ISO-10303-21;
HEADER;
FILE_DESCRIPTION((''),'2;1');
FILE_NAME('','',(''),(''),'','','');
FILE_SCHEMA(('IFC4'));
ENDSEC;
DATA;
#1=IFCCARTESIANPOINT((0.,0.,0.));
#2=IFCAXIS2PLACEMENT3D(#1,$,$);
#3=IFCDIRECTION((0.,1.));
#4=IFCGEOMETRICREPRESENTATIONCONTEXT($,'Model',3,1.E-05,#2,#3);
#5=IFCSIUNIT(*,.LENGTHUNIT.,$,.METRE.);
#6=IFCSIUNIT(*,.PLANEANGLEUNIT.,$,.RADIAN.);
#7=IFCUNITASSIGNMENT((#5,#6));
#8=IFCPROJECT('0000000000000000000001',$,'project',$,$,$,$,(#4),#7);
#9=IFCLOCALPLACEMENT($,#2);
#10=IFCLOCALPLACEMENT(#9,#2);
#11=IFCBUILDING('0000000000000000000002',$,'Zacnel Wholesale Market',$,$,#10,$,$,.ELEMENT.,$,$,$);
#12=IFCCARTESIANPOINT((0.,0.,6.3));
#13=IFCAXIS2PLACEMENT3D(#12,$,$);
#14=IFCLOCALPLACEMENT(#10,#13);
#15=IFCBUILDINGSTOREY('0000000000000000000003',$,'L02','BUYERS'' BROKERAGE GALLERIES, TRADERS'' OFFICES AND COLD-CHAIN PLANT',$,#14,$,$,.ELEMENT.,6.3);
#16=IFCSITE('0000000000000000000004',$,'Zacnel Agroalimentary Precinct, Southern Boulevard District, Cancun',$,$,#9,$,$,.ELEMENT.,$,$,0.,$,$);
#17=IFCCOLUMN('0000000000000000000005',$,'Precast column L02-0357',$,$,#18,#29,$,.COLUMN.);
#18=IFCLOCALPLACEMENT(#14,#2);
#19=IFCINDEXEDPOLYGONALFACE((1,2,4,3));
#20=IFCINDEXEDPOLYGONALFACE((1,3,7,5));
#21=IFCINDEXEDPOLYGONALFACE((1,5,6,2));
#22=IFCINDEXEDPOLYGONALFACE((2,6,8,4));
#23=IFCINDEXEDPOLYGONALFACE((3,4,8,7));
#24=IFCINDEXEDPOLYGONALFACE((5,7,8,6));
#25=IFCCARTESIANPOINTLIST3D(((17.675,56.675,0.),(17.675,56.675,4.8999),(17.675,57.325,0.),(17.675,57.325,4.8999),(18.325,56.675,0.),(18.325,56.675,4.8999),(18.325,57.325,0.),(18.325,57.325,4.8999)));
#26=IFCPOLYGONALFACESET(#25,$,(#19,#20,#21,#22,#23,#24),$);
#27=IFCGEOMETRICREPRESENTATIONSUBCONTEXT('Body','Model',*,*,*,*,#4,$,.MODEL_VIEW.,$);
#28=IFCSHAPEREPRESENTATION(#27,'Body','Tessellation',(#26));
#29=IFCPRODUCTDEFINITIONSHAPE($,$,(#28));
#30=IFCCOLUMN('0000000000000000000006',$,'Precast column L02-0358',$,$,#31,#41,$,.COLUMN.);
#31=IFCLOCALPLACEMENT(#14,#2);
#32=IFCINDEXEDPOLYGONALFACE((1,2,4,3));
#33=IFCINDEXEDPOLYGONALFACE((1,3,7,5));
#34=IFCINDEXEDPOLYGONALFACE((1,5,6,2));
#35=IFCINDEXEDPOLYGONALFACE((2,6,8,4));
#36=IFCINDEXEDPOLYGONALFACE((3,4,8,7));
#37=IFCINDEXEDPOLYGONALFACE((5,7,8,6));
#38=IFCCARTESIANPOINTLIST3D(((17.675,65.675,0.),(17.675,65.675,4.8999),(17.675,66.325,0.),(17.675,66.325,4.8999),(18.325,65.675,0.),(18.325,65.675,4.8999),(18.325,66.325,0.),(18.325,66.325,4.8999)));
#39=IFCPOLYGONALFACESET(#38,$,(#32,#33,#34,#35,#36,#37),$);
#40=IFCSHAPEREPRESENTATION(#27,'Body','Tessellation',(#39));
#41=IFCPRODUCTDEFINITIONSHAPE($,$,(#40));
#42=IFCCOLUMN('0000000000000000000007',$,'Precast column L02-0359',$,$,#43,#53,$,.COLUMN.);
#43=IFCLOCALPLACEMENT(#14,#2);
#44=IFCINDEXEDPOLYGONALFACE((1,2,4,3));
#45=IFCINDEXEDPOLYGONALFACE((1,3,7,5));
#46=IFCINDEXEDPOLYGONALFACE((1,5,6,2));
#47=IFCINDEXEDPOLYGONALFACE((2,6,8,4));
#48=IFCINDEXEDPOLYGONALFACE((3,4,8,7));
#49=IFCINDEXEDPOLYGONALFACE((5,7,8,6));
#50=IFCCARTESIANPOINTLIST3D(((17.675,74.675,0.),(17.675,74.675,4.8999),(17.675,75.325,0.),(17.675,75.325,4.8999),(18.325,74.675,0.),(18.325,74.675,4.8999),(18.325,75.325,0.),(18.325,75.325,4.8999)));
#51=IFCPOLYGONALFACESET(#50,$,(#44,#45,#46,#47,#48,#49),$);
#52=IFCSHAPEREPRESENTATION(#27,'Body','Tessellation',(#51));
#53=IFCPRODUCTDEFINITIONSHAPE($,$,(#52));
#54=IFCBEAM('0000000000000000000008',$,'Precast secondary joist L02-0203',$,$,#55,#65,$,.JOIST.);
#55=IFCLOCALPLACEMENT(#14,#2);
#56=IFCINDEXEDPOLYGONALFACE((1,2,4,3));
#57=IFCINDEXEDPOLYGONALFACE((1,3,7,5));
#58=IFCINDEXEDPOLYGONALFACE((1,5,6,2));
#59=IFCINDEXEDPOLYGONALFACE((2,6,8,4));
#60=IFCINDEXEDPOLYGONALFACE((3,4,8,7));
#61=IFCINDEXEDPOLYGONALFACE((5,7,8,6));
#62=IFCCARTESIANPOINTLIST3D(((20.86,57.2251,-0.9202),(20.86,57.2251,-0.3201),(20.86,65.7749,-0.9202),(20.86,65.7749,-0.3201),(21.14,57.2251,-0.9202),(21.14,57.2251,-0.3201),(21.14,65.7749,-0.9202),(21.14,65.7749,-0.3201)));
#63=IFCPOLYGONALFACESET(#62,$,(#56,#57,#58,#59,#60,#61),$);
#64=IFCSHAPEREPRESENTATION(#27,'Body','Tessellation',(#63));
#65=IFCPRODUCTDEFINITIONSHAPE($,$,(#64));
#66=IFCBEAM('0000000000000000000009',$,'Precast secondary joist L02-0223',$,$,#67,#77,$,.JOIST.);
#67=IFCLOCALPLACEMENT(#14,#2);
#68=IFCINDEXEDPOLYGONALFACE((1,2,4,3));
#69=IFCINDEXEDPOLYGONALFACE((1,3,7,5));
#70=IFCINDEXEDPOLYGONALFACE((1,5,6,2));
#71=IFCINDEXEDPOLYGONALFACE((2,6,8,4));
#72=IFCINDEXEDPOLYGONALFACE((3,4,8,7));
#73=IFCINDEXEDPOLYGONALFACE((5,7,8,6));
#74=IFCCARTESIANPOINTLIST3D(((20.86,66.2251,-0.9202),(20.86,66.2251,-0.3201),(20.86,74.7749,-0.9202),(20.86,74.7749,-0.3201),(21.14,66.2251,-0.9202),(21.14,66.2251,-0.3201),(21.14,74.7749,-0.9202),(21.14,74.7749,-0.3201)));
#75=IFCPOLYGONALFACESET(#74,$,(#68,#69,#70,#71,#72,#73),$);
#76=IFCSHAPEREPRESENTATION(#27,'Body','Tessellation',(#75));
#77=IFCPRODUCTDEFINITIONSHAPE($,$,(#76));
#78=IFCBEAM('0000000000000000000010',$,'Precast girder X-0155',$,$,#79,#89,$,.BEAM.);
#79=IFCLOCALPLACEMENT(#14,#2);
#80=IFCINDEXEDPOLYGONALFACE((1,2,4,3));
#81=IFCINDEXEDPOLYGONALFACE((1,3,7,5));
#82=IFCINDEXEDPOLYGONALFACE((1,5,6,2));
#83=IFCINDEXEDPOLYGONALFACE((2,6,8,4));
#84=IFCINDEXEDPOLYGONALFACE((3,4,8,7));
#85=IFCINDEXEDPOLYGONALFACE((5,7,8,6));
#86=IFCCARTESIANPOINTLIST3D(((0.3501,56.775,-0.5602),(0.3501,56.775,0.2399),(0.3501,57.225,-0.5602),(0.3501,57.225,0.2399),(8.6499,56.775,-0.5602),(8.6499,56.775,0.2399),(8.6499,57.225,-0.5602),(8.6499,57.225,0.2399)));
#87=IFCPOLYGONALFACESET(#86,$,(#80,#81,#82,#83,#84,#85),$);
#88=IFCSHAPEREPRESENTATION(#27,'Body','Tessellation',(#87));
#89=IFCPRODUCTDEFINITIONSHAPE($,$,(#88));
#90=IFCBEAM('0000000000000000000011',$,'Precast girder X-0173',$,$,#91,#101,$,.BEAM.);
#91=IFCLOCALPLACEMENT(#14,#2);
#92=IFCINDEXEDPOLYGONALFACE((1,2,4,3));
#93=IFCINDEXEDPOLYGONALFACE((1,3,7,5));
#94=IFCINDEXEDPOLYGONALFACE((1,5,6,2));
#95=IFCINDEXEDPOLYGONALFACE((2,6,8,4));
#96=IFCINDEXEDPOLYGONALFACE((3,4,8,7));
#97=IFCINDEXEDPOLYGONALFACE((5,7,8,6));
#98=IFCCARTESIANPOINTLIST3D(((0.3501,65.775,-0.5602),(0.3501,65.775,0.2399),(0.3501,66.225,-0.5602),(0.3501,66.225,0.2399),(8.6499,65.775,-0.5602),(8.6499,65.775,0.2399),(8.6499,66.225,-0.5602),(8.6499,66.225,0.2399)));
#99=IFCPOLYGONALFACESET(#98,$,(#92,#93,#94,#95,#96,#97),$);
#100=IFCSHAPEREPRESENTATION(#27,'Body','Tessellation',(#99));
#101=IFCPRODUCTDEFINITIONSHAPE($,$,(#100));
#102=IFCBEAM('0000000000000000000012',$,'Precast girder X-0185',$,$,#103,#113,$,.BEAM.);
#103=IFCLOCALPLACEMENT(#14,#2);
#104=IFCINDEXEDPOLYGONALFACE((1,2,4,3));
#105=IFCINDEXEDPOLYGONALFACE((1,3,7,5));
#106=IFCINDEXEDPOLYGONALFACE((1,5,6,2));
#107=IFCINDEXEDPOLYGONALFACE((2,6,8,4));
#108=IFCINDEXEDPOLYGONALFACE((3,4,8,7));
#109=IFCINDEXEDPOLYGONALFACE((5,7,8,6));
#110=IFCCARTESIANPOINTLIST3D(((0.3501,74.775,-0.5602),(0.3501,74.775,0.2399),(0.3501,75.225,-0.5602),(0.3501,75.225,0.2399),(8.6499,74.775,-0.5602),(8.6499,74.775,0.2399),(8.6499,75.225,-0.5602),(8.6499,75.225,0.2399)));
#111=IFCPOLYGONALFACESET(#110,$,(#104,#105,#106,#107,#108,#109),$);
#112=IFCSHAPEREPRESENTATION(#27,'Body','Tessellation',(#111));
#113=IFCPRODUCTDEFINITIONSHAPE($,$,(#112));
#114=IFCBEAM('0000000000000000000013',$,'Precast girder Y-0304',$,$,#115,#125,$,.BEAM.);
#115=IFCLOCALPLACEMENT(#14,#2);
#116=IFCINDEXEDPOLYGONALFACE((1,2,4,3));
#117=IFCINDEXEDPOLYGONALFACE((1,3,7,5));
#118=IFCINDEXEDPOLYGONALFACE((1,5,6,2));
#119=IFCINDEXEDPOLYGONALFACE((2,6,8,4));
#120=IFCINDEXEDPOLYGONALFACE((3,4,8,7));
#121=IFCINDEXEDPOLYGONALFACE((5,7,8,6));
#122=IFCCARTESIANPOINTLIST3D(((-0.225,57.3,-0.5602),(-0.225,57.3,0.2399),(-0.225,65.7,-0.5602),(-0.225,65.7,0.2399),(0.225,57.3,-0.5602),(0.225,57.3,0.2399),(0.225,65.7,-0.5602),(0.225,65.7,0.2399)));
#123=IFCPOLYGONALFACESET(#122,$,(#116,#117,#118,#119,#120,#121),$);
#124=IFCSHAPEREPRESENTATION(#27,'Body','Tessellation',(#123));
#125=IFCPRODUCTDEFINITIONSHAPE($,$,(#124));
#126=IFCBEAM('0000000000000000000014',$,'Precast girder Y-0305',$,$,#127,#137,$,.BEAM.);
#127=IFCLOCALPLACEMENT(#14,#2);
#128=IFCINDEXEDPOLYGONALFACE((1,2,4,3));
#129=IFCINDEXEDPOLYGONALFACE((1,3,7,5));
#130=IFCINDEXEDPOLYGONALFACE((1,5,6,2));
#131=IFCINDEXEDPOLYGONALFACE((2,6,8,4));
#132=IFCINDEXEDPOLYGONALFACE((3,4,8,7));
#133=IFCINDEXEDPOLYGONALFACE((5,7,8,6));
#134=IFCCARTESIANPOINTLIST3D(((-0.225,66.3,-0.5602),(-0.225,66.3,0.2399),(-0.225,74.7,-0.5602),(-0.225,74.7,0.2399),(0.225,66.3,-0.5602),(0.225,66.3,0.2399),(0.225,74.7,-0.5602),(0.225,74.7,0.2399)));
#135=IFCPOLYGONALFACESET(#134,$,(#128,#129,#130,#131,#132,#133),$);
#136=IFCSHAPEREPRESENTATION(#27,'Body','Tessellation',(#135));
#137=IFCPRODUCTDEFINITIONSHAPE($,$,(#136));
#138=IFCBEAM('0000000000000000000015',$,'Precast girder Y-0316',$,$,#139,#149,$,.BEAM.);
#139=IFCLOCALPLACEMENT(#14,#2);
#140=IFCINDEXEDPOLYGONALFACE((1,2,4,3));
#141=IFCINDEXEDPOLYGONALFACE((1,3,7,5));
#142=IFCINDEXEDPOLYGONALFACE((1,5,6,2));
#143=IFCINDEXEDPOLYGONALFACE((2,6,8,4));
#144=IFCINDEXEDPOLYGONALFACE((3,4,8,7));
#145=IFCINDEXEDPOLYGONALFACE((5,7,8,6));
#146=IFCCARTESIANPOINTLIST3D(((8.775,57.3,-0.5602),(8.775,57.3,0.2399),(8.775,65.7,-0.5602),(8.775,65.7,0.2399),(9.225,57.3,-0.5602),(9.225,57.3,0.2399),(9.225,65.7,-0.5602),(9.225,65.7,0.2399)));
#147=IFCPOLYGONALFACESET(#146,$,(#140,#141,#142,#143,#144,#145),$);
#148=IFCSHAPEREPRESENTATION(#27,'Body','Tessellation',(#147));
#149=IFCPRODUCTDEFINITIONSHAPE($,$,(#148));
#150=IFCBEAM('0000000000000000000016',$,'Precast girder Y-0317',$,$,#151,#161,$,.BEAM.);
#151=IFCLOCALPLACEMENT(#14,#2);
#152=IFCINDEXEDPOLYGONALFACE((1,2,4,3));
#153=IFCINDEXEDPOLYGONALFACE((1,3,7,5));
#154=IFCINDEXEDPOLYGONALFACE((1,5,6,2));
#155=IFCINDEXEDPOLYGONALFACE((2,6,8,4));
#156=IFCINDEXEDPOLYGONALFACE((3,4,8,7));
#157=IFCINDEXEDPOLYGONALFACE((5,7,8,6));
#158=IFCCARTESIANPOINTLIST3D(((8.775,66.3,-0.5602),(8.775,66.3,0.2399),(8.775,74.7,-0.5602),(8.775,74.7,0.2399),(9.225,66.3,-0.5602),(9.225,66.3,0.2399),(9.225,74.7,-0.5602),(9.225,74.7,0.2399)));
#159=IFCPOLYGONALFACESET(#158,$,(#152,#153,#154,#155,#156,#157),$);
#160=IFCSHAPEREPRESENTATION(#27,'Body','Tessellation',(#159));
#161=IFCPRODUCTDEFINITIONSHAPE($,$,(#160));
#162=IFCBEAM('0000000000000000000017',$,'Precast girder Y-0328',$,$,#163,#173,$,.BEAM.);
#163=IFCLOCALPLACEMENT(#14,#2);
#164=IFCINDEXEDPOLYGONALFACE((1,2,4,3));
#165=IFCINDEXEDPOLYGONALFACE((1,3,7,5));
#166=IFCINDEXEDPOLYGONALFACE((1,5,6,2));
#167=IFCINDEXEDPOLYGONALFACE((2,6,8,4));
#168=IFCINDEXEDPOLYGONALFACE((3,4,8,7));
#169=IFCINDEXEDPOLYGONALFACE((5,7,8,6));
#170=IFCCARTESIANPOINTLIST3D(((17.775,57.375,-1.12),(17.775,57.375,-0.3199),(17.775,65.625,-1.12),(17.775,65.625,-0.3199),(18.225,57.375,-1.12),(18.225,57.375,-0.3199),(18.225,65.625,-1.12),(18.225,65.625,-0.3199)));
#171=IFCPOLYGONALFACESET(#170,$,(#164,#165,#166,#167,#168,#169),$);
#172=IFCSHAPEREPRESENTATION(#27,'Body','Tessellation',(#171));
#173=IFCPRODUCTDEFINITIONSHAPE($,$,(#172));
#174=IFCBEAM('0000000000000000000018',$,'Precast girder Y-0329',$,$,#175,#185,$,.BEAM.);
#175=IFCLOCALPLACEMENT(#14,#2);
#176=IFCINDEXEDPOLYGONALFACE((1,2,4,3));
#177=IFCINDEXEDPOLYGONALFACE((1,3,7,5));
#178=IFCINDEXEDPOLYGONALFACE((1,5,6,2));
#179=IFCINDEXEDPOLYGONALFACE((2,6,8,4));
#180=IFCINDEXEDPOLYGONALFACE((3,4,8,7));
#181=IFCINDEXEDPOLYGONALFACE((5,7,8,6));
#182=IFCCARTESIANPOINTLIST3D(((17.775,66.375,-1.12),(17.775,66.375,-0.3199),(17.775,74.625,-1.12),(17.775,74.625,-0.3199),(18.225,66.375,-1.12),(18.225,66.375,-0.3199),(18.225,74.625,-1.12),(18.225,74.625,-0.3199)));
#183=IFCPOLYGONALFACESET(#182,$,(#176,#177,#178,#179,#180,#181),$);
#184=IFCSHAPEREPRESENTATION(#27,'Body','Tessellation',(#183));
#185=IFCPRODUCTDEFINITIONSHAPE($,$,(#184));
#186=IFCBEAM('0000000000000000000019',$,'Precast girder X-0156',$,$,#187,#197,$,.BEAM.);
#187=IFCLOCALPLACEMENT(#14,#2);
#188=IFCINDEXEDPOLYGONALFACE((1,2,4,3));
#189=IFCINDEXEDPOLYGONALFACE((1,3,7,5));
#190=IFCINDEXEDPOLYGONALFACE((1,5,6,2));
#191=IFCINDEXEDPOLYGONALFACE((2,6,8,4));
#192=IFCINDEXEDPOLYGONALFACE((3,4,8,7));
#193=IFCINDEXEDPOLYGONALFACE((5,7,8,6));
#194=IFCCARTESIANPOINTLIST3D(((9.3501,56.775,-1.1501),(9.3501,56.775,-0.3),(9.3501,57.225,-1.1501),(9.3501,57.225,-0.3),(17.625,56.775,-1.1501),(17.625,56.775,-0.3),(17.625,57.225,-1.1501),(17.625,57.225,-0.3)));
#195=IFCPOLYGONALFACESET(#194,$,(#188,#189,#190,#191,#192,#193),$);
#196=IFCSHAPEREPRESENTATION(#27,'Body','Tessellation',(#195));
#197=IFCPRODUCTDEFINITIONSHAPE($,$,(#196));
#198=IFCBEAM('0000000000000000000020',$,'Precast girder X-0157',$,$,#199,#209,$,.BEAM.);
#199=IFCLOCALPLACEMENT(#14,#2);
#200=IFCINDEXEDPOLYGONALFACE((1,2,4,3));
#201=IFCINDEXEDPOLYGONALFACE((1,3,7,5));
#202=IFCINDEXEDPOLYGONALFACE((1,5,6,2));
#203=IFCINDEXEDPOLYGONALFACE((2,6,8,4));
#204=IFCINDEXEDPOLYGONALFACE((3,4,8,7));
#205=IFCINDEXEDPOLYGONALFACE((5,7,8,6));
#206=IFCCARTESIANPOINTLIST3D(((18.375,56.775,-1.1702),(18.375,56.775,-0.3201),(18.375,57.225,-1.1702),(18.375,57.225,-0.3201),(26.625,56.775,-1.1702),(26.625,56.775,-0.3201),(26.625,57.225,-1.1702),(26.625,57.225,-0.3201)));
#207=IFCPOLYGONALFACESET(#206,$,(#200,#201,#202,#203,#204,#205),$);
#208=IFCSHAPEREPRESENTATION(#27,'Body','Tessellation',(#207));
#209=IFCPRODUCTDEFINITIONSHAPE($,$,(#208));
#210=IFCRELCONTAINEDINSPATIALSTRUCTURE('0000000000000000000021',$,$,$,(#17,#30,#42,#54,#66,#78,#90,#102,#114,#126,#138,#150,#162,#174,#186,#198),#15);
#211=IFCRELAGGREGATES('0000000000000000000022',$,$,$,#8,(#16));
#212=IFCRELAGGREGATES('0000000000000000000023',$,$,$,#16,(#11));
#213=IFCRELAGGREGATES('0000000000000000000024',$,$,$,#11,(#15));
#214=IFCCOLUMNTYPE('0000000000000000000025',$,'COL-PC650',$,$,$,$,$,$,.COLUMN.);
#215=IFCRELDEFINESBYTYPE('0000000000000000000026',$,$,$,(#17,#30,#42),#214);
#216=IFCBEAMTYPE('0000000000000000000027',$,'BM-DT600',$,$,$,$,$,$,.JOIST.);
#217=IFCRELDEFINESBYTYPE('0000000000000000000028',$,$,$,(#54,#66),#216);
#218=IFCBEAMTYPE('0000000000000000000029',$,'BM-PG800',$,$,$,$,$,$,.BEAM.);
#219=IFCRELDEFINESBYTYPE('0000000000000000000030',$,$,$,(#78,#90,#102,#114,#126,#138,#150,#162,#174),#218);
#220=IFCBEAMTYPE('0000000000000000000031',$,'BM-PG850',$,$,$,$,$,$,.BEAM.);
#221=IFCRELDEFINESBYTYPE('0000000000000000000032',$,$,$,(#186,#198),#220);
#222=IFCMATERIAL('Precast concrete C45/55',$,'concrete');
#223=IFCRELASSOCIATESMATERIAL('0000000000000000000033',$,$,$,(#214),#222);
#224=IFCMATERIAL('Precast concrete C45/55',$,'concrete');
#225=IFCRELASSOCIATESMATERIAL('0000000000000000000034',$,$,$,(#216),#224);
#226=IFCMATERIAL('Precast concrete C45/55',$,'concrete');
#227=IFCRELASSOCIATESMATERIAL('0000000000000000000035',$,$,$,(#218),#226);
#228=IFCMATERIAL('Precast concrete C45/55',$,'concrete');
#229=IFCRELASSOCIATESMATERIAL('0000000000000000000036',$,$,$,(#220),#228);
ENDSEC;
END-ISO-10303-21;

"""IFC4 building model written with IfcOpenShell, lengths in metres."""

from ifc_helpers import new_model, si_unit, direction, frame, origin, origin_2d, place, context, subcontext, project, spatial, rectangle, extrude, material, material_profile, profile_set, type_object, element, save


model = new_model("IFC4")

# Units and contexts
model_context = context("Model", 3, precision=1e-05, world=origin(), true_north=direction((0.0, 1.0)))
body_context = subcontext(model_context, "Body", "Model", "MODEL_VIEW")
ifc_project = project(units=[si_unit("LENGTHUNIT", "METRE"), si_unit("PLANEANGLEUNIT", "RADIAN")], contexts=[model_context])

# Site, building, storey
site_placement = place(None, origin())
site = spatial("IfcSite", under=ifc_project, at=site_placement, Name="Zacnel Agroalimentary Precinct, Southern Boulevard District, Cancun", CompositionType="ELEMENT", RefElevation=0.0)
building_placement = place(site_placement, origin())
building = spatial("IfcBuilding", under=site, at=building_placement, Name="Zacnel Wholesale Market", CompositionType="ELEMENT")
storey_placement = place(building_placement, frame((0.0, 0.0, 6.3)))
storey = spatial("IfcBuildingStorey", under=building, at=storey_placement, Name="L02", Description="BUYERS' BROKERAGE GALLERIES, TRADERS' OFFICES AND COLD-CHAIN PLANT", CompositionType="ELEMENT", Elevation=6.3)

# Columns
ifc_material_1 = material(Name="Precast concrete C45/55", Category="concrete")
ifc_material_profile_1 = material_profile(ifc_material_1, rectangle(XDim=0.6499, YDim=0.6499, at=origin_2d()), Name="PC 650x650")
ifc_profile_set_1 = profile_set([ifc_material_profile_1], Name="Precast concrete C45/55")
column_type = type_object("IfcColumnType", Name="COL-PC650", PredefinedType="COLUMN", material=ifc_profile_set_1)
for number, where, z_axis, x_axis, name in (
    (1, (18.0, 57.0, 0.0), (0.0, 0.0, 1.0), (1.0, 0.0, 0.0), "Precast column L02-0357"),
    (2, (18.0, 66.0, 0.0), (0.0, 0.0, 1.0), (1.0, 0.0, 0.0), "Precast column L02-0358"),
    (3, (18.0, 75.0, 0.0), (0.0, 0.0, 1.0), (1.0, 0.0, 0.0), "Precast column L02-0359"),
):
    element("IfcColumn", number, at=place(storey_placement, frame(where, z_axis=z_axis, x_axis=x_axis)), inside=storey, type_object=column_type, Name=name, PredefinedType="COLUMN", context=body_context, shape_type="SweptSolid", body=[
        extrude(rectangle(XDim=0.6499, YDim=0.6499, at=origin_2d()), origin(), (0.0, 0.0, 1.0), 4.8999),
    ])

# Beams
ifc_material_2 = material(Name="Precast concrete C45/55", Category="concrete")
ifc_material_profile_2 = material_profile(ifc_material_2, rectangle(XDim=0.28, YDim=0.6001, at=origin_2d()), Name="DT RIB 280x600")
ifc_profile_set_2 = profile_set([ifc_material_profile_2], Name="Precast concrete C45/55")
beam_type_1 = type_object("IfcBeamType", Name="BM-DT600", PredefinedType="JOIST", material=ifc_profile_set_2)
for number, where, z_axis, x_axis, name in (
    (4, (21.0, 57.2251, -0.6201), (0.0, 1.0, 0.0), (-1.0, 0.0, 0.0), "Precast secondary joist L02-0203"),
    (5, (21.0, 66.2251, -0.6201), (0.0, 1.0, 0.0), (-1.0, 0.0, 0.0), "Precast secondary joist L02-0223"),
):
    element("IfcBeam", number, at=place(storey_placement, frame(where, z_axis=z_axis, x_axis=x_axis)), inside=storey, type_object=beam_type_1, Name=name, PredefinedType="JOIST", context=body_context, shape_type="SweptSolid", body=[
        extrude(rectangle(XDim=0.28, YDim=0.6001, at=origin_2d()), origin(), (0.0, 0.0, 1.0), 8.5498),
    ])
ifc_material_3 = material(Name="Precast concrete C45/55", Category="concrete")
ifc_material_profile_3 = material_profile(ifc_material_3, rectangle(XDim=0.45, YDim=0.8, at=origin_2d()), Name="PG 450x800")
ifc_profile_set_3 = profile_set([ifc_material_profile_3], Name="Precast concrete C45/55")
beam_type_2 = type_object("IfcBeamType", Name="BM-PG800", PredefinedType="BEAM", material=ifc_profile_set_3)
for number, where, z_axis, x_axis, name in (
    (6, (0.3501, 57.0, -0.1602), (1.0, 0.0, 0.0), (0.0, 1.0, 0.0), "Precast girder X-0155"),
    (7, (0.3501, 66.0, -0.1602), (1.0, 0.0, 0.0), (0.0, 1.0, 0.0), "Precast girder X-0173"),
    (8, (0.3501, 75.0, -0.1602), (1.0, 0.0, 0.0), (0.0, 1.0, 0.0), "Precast girder X-0185"),
):
    element("IfcBeam", number, at=place(storey_placement, frame(where, z_axis=z_axis, x_axis=x_axis)), inside=storey, type_object=beam_type_2, Name=name, PredefinedType="BEAM", context=body_context, shape_type="SweptSolid", body=[
        extrude(rectangle(XDim=0.45, YDim=0.8, at=origin_2d()), origin(), (0.0, 0.0, 1.0), 8.2998),
    ])
for number, where, z_axis, x_axis, name in (
    (9, (0.0, 57.3, -0.1602), (0.0, 1.0, 0.0), (-1.0, 0.0, 0.0), "Precast girder Y-0304"),
    (10, (0.0, 66.3, -0.1602), (0.0, 1.0, 0.0), (-1.0, 0.0, 0.0), "Precast girder Y-0305"),
    (11, (9.0, 57.3, -0.1602), (0.0, 1.0, 0.0), (-1.0, 0.0, 0.0), "Precast girder Y-0316"),
    (12, (9.0, 66.3, -0.1602), (0.0, 1.0, 0.0), (-1.0, 0.0, 0.0), "Precast girder Y-0317"),
):
    element("IfcBeam", number, at=place(storey_placement, frame(where, z_axis=z_axis, x_axis=x_axis)), inside=storey, type_object=beam_type_2, Name=name, PredefinedType="BEAM", context=body_context, shape_type="SweptSolid", body=[
        extrude(rectangle(XDim=0.45, YDim=0.8, at=origin_2d()), origin(), (0.0, 0.0, 1.0), 8.3999),
    ])
for number, where, z_axis, x_axis, name in (
    (13, (18.0, 57.375, -0.72), (0.0, 1.0, 0.0), (-1.0, 0.0, 0.0), "Precast girder Y-0328"),
    (14, (18.0, 66.375, -0.72), (0.0, 1.0, 0.0), (-1.0, 0.0, 0.0), "Precast girder Y-0329"),
):
    element("IfcBeam", number, at=place(storey_placement, frame(where, z_axis=z_axis, x_axis=x_axis)), inside=storey, type_object=beam_type_2, Name=name, PredefinedType="BEAM", context=body_context, shape_type="SweptSolid", body=[
        extrude(rectangle(XDim=0.45, YDim=0.8, at=origin_2d()), origin(), (0.0, 0.0, 1.0), 8.25),
    ])
ifc_material_4 = material(Name="Precast concrete C45/55", Category="concrete")
ifc_material_profile_4 = material_profile(ifc_material_4, rectangle(XDim=0.45, YDim=0.8501, at=origin_2d()), Name="PG 450x850")
ifc_profile_set_4 = profile_set([ifc_material_profile_4], Name="Precast concrete C45/55")
beam_type_3 = type_object("IfcBeamType", Name="BM-PG850", PredefinedType="BEAM", material=ifc_profile_set_4)
beam_1_placement = place(storey_placement, frame((9.3501, 57.0, -0.7251), z_axis=(1.0, 0.0, 0.0), x_axis=(0.0, 1.0, 0.0)))
element("IfcBeam", 15, at=beam_1_placement, inside=storey, type_object=beam_type_3, Name="Precast girder X-0156", PredefinedType="BEAM", context=body_context, shape_type="SweptSolid", body=[
    extrude(rectangle(XDim=0.45, YDim=0.8501, at=origin_2d()), origin(), (0.0, 0.0, 1.0), 8.2749),
])
beam_2_placement = place(storey_placement, frame((18.375, 57.0, -0.7451), z_axis=(1.0, 0.0, 0.0), x_axis=(0.0, 1.0, 0.0)))
element("IfcBeam", 16, at=beam_2_placement, inside=storey, type_object=beam_type_3, Name="Precast girder X-0157", PredefinedType="BEAM", context=body_context, shape_type="SweptSolid", body=[
    extrude(rectangle(XDim=0.45, YDim=0.8501, at=origin_2d()), origin(), (0.0, 0.0, 1.0), 8.25),
])

save(model, "model.ifc")
